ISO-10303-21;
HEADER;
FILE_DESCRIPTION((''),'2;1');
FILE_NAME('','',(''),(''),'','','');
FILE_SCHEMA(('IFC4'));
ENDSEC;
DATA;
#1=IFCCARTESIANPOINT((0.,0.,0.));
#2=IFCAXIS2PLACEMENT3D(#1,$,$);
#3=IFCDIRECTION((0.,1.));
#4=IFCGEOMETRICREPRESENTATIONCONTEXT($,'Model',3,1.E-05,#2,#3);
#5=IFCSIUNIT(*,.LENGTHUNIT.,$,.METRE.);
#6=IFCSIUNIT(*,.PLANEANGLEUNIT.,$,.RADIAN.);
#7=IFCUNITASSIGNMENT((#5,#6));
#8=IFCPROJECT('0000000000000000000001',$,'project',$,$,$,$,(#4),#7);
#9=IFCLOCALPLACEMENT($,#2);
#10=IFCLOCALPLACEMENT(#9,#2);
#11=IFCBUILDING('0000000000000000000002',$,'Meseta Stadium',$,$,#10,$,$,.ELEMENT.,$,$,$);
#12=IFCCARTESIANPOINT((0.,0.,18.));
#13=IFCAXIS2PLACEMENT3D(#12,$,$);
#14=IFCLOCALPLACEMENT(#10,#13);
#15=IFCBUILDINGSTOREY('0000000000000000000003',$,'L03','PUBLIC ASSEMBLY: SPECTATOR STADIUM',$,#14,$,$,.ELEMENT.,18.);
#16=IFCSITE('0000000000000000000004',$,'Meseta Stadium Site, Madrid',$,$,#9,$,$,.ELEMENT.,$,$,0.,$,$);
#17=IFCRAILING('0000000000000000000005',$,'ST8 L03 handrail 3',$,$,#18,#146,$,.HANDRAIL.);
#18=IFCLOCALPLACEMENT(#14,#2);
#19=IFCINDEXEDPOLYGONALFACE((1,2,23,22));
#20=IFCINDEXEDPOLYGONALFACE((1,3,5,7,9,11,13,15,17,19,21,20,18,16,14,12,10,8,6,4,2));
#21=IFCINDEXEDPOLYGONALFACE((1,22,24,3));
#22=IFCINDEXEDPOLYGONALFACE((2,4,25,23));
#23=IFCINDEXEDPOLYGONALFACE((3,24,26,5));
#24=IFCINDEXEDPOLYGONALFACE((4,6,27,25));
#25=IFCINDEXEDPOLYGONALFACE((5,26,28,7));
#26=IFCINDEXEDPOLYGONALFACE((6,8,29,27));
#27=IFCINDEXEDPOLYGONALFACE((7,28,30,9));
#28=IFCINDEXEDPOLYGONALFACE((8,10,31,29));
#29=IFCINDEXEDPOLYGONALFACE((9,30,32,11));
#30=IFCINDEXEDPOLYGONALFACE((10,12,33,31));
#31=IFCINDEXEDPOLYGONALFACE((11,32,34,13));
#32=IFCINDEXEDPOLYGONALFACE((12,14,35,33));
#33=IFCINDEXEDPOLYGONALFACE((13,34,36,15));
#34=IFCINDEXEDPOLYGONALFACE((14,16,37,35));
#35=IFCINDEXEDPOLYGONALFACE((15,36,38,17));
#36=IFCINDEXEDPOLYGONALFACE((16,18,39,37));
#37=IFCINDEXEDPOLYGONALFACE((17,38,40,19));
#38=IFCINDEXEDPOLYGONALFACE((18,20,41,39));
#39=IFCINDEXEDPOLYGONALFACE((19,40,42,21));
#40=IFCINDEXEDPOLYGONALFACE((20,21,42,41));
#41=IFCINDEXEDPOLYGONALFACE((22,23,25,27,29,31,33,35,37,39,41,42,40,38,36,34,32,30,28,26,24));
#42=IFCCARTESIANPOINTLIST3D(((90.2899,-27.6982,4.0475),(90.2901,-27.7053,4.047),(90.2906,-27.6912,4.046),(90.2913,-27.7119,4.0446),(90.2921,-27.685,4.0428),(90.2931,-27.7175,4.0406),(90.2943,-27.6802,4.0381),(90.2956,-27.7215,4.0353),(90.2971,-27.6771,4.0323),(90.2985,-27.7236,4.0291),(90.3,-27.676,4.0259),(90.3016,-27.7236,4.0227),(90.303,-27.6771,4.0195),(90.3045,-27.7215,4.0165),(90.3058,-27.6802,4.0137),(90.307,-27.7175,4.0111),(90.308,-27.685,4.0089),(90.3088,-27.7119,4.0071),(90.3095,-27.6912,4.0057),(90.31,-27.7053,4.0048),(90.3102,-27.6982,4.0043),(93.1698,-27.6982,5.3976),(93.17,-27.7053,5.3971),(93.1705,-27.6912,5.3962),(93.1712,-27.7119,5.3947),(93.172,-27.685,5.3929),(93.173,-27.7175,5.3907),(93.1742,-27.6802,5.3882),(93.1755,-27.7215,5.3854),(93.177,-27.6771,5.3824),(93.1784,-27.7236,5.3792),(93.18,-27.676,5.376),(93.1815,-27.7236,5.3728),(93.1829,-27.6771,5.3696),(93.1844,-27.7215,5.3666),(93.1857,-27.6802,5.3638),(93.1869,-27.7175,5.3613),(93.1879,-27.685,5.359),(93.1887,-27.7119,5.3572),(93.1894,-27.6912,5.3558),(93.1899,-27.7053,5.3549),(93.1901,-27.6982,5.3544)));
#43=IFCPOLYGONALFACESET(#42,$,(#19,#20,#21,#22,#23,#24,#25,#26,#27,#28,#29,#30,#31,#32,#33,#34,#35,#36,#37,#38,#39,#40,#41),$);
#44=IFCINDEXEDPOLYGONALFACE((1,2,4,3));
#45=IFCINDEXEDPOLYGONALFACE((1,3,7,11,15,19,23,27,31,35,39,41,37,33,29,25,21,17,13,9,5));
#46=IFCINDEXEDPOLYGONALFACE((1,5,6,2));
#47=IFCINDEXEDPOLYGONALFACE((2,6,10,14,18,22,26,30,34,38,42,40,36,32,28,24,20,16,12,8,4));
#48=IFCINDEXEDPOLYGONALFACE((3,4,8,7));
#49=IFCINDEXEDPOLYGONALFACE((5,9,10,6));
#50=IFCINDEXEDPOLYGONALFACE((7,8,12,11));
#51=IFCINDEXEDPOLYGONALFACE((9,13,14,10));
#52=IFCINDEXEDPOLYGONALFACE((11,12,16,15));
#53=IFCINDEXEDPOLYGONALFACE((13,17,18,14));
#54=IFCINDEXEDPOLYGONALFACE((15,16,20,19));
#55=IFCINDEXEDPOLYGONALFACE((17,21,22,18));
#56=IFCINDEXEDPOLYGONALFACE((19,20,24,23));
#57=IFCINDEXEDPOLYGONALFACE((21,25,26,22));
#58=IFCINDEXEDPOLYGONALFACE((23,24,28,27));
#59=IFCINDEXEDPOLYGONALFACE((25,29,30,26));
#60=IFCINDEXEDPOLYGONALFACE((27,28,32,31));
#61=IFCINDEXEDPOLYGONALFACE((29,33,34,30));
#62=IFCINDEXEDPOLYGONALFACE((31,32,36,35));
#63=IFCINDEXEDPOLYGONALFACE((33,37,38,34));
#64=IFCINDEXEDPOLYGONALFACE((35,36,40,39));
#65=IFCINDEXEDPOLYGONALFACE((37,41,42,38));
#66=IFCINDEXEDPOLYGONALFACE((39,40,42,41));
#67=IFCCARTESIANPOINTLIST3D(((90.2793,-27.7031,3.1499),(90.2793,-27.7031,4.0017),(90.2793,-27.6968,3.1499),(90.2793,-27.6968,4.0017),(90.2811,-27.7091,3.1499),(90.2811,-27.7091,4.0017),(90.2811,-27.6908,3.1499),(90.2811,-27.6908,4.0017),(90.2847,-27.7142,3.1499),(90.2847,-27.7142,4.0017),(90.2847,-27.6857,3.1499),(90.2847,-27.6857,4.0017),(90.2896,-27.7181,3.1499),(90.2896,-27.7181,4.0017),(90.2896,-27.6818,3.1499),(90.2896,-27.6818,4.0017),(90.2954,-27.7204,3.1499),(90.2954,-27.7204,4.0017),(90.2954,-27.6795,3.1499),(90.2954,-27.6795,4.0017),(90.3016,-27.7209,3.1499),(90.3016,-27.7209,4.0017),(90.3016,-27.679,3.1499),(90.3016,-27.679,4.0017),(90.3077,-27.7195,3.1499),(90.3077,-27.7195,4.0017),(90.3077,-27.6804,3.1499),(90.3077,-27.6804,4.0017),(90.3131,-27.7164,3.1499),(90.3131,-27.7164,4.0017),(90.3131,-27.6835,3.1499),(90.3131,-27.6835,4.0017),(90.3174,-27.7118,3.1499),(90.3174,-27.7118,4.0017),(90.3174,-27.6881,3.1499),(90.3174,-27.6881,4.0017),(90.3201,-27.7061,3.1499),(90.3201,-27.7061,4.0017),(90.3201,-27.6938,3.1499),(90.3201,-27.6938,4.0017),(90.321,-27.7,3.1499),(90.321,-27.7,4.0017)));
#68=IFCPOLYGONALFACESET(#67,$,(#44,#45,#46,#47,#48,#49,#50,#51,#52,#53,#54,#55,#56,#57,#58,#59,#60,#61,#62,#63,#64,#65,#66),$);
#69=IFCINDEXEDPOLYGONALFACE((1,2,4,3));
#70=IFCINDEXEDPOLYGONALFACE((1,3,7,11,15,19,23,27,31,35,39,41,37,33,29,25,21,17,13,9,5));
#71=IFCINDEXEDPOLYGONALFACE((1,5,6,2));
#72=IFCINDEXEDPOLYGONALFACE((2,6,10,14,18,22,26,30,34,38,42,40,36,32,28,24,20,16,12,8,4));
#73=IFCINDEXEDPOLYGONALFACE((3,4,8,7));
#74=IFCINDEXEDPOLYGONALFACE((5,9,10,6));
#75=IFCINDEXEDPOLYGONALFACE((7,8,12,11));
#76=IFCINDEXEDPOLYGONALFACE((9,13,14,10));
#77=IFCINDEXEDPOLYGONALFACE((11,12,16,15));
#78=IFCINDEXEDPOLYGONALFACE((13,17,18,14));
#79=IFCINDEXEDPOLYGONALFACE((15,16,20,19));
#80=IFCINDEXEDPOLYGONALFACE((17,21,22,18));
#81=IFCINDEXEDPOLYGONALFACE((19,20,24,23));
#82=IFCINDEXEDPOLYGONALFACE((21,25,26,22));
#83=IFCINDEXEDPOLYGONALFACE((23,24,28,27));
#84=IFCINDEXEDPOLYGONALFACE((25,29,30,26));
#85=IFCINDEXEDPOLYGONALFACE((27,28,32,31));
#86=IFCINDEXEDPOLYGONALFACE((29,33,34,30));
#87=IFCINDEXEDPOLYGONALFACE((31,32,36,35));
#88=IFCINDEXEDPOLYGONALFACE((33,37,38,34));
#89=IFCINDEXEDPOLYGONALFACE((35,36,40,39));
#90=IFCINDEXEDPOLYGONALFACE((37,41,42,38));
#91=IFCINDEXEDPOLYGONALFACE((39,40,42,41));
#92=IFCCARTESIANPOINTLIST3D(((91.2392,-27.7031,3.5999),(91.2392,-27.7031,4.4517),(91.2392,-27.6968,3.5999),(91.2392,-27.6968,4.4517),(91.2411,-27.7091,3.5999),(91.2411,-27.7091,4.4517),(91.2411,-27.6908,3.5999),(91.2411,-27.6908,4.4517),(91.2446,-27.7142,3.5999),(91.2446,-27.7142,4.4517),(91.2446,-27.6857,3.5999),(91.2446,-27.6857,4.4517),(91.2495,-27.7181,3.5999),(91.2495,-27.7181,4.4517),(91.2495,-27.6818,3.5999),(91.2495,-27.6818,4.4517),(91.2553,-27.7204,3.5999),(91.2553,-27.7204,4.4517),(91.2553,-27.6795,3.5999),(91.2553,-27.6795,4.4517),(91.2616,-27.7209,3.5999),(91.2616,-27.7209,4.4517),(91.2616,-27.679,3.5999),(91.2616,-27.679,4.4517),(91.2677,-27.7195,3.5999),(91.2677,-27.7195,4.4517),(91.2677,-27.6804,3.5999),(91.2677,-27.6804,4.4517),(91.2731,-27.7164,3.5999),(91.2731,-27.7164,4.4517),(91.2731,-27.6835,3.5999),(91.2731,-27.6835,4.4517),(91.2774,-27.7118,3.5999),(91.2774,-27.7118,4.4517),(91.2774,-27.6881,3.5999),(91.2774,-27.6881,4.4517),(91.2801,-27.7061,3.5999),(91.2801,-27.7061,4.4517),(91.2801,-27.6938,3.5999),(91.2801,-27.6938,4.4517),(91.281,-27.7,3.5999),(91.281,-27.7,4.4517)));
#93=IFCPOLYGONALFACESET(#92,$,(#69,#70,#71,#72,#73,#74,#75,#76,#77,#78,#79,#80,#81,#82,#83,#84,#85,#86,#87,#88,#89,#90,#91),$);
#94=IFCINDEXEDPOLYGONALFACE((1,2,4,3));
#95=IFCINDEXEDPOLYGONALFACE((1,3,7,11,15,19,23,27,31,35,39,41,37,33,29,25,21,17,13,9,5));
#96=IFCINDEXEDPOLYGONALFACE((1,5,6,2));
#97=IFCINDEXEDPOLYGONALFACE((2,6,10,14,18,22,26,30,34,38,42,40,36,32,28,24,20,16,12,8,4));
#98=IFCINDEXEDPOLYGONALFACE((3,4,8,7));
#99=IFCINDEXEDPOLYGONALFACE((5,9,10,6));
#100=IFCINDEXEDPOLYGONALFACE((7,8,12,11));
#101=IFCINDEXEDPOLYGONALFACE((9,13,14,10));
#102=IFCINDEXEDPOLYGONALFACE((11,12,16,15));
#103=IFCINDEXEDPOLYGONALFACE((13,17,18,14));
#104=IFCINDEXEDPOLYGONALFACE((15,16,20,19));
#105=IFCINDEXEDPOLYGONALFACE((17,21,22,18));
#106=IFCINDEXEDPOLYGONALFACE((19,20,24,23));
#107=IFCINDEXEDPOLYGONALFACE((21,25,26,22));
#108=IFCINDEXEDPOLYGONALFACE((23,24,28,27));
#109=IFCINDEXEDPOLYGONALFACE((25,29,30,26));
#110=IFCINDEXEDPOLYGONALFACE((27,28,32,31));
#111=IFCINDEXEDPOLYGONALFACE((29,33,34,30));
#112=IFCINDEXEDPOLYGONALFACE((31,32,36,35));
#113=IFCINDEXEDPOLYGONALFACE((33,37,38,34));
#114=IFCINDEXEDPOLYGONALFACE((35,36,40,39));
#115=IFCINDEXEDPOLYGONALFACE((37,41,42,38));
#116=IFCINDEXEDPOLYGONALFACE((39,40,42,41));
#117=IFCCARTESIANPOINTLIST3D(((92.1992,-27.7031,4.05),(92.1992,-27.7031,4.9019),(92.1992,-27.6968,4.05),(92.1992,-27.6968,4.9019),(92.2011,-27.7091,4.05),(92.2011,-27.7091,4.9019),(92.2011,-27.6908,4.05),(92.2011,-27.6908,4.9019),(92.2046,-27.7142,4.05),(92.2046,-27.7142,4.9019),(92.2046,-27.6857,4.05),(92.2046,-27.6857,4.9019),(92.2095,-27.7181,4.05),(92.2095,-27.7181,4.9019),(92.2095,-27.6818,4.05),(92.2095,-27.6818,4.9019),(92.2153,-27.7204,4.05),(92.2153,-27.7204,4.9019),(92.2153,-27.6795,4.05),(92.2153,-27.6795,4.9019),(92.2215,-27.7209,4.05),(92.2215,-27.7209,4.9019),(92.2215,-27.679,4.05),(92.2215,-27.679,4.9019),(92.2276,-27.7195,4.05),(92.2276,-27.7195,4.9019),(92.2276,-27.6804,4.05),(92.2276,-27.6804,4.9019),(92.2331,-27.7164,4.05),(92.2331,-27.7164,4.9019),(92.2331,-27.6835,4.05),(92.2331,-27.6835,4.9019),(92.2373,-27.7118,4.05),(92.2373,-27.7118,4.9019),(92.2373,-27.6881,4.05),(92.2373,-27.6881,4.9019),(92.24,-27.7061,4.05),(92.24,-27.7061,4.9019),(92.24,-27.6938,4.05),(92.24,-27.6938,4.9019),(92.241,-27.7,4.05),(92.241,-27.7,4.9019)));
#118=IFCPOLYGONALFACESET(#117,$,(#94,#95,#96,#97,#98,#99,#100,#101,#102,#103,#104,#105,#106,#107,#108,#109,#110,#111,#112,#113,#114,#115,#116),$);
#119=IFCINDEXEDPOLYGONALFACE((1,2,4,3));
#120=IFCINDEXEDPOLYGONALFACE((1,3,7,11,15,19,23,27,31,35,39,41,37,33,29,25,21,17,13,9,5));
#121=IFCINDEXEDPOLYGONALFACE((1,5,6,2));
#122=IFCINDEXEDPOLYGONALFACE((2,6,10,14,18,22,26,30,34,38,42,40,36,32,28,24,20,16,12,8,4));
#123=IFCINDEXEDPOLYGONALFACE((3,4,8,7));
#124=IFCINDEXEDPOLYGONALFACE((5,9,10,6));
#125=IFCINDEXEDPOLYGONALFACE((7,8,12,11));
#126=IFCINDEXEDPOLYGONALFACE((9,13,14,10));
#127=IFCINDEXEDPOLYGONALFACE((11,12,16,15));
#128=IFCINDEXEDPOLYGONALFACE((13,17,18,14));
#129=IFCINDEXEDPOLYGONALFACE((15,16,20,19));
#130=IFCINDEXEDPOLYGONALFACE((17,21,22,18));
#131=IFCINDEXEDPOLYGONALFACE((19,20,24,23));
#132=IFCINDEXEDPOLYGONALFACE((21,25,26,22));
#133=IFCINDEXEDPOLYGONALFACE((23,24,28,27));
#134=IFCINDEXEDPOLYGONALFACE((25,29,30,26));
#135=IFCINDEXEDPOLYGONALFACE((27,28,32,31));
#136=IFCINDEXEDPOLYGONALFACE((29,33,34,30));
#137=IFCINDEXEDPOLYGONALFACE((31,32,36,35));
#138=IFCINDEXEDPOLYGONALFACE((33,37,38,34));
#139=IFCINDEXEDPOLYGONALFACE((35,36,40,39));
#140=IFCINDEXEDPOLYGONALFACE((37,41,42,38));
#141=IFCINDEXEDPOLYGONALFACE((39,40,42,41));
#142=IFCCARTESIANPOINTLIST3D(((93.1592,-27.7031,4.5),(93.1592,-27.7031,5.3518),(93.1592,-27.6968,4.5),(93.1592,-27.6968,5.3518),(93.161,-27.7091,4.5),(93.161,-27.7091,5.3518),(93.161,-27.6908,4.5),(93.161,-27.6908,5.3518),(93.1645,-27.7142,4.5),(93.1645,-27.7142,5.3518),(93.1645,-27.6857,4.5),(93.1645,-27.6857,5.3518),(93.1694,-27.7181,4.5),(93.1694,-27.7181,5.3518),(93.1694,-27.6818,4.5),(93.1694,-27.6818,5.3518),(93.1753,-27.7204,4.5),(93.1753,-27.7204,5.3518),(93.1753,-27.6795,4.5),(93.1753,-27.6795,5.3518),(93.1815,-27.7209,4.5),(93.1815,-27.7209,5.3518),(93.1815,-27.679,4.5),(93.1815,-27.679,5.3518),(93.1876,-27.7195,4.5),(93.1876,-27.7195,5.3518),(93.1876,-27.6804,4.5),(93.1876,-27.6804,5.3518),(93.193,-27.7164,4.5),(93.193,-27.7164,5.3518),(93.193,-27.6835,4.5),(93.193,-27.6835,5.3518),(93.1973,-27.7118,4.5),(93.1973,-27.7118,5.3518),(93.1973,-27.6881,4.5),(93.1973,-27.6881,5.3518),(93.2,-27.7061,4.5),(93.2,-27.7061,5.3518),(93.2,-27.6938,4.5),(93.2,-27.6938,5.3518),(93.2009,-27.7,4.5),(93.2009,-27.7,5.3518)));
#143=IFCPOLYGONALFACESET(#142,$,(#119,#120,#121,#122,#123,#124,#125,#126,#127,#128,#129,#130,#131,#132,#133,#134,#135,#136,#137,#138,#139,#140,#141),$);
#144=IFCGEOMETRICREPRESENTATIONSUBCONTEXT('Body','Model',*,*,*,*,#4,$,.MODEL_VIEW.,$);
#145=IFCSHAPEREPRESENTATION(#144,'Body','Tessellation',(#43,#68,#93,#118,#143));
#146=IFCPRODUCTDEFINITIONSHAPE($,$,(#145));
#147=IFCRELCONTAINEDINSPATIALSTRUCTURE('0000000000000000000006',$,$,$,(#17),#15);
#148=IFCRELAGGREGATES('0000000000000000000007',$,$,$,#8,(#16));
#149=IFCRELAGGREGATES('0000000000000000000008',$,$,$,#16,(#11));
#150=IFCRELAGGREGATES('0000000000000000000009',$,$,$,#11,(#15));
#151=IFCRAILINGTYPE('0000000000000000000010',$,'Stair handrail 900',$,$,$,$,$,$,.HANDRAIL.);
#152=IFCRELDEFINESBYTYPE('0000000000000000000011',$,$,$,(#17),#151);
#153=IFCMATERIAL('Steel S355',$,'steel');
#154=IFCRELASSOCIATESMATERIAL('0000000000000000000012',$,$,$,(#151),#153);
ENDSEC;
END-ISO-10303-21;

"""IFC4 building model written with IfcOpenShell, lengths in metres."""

from ifc_helpers import new_model, si_unit, direction, frame, origin, origin_2d, place, context, subcontext, project, spatial, circle, extrude, material, type_object, element, save


model = new_model("IFC4")

# Units and contexts
model_context = context("Model", 3, precision=1e-05, world=origin(), true_north=direction((0.0, 1.0)))
body_context = subcontext(model_context, "Body", "Model", "MODEL_VIEW")
ifc_project = project(units=[si_unit("LENGTHUNIT", "METRE"), si_unit("PLANEANGLEUNIT", "RADIAN")], contexts=[model_context])

# Site, building, storey
site_placement = place(None, origin())
site = spatial("IfcSite", under=ifc_project, at=site_placement, Name="Meseta Stadium Site, Madrid", CompositionType="ELEMENT", RefElevation=0.0)
building_placement = place(site_placement, origin())
building = spatial("IfcBuilding", under=site, at=building_placement, Name="Meseta Stadium", CompositionType="ELEMENT")
storey_placement = place(building_placement, frame((0.0, 0.0, 18.0)))
storey = spatial("IfcBuildingStorey", under=building, at=storey_placement, Name="L03", Description="PUBLIC ASSEMBLY: SPECTATOR STADIUM", CompositionType="ELEMENT", Elevation=18.0)

# Railing
ifc_material_1 = material(Name="Steel S355", Category="steel")
railing_type_1 = type_object("IfcRailingType", Name="Stair handrail 900", PredefinedType="HANDRAIL", material=ifc_material_1)
for number, where, name in (
    (1, (90.3, -27.7, 3.1499), "ST8 L03 handrail 3"),
):
    element("IfcRailing", number, at=place(storey_placement, frame(where)), inside=storey, type_object=railing_type_1, Name=name, PredefinedType="HANDRAIL", context=body_context, shape_type="SweptSolid", body=[
        extrude(circle(Radius=0.0239, at=origin_2d()), frame((0.0, 0.0, 0.876), z_axis=(0.90544, 0.0, 0.424473), x_axis=(0.0, 1.0, 0.0)), (0.0, 0.0, 1.0), 3.1807),
        extrude(circle(Radius=0.021, at=origin_2d()), origin(), (0.0, 0.0, 1.0), 0.8518),
        extrude(circle(Radius=0.021, at=origin_2d()), frame((0.96, 0.0, 0.45)), (0.0, 0.0, 1.0), 0.8518),
        extrude(circle(Radius=0.021, at=origin_2d()), frame((1.9199, 0.0, 0.9001)), (0.0, 0.0, 1.0), 0.8518),
        extrude(circle(Radius=0.021, at=origin_2d()), frame((2.8799, 0.0, 1.3501)), (0.0, 0.0, 1.0), 0.8518),
    ])

save(model, "model.ifc")
